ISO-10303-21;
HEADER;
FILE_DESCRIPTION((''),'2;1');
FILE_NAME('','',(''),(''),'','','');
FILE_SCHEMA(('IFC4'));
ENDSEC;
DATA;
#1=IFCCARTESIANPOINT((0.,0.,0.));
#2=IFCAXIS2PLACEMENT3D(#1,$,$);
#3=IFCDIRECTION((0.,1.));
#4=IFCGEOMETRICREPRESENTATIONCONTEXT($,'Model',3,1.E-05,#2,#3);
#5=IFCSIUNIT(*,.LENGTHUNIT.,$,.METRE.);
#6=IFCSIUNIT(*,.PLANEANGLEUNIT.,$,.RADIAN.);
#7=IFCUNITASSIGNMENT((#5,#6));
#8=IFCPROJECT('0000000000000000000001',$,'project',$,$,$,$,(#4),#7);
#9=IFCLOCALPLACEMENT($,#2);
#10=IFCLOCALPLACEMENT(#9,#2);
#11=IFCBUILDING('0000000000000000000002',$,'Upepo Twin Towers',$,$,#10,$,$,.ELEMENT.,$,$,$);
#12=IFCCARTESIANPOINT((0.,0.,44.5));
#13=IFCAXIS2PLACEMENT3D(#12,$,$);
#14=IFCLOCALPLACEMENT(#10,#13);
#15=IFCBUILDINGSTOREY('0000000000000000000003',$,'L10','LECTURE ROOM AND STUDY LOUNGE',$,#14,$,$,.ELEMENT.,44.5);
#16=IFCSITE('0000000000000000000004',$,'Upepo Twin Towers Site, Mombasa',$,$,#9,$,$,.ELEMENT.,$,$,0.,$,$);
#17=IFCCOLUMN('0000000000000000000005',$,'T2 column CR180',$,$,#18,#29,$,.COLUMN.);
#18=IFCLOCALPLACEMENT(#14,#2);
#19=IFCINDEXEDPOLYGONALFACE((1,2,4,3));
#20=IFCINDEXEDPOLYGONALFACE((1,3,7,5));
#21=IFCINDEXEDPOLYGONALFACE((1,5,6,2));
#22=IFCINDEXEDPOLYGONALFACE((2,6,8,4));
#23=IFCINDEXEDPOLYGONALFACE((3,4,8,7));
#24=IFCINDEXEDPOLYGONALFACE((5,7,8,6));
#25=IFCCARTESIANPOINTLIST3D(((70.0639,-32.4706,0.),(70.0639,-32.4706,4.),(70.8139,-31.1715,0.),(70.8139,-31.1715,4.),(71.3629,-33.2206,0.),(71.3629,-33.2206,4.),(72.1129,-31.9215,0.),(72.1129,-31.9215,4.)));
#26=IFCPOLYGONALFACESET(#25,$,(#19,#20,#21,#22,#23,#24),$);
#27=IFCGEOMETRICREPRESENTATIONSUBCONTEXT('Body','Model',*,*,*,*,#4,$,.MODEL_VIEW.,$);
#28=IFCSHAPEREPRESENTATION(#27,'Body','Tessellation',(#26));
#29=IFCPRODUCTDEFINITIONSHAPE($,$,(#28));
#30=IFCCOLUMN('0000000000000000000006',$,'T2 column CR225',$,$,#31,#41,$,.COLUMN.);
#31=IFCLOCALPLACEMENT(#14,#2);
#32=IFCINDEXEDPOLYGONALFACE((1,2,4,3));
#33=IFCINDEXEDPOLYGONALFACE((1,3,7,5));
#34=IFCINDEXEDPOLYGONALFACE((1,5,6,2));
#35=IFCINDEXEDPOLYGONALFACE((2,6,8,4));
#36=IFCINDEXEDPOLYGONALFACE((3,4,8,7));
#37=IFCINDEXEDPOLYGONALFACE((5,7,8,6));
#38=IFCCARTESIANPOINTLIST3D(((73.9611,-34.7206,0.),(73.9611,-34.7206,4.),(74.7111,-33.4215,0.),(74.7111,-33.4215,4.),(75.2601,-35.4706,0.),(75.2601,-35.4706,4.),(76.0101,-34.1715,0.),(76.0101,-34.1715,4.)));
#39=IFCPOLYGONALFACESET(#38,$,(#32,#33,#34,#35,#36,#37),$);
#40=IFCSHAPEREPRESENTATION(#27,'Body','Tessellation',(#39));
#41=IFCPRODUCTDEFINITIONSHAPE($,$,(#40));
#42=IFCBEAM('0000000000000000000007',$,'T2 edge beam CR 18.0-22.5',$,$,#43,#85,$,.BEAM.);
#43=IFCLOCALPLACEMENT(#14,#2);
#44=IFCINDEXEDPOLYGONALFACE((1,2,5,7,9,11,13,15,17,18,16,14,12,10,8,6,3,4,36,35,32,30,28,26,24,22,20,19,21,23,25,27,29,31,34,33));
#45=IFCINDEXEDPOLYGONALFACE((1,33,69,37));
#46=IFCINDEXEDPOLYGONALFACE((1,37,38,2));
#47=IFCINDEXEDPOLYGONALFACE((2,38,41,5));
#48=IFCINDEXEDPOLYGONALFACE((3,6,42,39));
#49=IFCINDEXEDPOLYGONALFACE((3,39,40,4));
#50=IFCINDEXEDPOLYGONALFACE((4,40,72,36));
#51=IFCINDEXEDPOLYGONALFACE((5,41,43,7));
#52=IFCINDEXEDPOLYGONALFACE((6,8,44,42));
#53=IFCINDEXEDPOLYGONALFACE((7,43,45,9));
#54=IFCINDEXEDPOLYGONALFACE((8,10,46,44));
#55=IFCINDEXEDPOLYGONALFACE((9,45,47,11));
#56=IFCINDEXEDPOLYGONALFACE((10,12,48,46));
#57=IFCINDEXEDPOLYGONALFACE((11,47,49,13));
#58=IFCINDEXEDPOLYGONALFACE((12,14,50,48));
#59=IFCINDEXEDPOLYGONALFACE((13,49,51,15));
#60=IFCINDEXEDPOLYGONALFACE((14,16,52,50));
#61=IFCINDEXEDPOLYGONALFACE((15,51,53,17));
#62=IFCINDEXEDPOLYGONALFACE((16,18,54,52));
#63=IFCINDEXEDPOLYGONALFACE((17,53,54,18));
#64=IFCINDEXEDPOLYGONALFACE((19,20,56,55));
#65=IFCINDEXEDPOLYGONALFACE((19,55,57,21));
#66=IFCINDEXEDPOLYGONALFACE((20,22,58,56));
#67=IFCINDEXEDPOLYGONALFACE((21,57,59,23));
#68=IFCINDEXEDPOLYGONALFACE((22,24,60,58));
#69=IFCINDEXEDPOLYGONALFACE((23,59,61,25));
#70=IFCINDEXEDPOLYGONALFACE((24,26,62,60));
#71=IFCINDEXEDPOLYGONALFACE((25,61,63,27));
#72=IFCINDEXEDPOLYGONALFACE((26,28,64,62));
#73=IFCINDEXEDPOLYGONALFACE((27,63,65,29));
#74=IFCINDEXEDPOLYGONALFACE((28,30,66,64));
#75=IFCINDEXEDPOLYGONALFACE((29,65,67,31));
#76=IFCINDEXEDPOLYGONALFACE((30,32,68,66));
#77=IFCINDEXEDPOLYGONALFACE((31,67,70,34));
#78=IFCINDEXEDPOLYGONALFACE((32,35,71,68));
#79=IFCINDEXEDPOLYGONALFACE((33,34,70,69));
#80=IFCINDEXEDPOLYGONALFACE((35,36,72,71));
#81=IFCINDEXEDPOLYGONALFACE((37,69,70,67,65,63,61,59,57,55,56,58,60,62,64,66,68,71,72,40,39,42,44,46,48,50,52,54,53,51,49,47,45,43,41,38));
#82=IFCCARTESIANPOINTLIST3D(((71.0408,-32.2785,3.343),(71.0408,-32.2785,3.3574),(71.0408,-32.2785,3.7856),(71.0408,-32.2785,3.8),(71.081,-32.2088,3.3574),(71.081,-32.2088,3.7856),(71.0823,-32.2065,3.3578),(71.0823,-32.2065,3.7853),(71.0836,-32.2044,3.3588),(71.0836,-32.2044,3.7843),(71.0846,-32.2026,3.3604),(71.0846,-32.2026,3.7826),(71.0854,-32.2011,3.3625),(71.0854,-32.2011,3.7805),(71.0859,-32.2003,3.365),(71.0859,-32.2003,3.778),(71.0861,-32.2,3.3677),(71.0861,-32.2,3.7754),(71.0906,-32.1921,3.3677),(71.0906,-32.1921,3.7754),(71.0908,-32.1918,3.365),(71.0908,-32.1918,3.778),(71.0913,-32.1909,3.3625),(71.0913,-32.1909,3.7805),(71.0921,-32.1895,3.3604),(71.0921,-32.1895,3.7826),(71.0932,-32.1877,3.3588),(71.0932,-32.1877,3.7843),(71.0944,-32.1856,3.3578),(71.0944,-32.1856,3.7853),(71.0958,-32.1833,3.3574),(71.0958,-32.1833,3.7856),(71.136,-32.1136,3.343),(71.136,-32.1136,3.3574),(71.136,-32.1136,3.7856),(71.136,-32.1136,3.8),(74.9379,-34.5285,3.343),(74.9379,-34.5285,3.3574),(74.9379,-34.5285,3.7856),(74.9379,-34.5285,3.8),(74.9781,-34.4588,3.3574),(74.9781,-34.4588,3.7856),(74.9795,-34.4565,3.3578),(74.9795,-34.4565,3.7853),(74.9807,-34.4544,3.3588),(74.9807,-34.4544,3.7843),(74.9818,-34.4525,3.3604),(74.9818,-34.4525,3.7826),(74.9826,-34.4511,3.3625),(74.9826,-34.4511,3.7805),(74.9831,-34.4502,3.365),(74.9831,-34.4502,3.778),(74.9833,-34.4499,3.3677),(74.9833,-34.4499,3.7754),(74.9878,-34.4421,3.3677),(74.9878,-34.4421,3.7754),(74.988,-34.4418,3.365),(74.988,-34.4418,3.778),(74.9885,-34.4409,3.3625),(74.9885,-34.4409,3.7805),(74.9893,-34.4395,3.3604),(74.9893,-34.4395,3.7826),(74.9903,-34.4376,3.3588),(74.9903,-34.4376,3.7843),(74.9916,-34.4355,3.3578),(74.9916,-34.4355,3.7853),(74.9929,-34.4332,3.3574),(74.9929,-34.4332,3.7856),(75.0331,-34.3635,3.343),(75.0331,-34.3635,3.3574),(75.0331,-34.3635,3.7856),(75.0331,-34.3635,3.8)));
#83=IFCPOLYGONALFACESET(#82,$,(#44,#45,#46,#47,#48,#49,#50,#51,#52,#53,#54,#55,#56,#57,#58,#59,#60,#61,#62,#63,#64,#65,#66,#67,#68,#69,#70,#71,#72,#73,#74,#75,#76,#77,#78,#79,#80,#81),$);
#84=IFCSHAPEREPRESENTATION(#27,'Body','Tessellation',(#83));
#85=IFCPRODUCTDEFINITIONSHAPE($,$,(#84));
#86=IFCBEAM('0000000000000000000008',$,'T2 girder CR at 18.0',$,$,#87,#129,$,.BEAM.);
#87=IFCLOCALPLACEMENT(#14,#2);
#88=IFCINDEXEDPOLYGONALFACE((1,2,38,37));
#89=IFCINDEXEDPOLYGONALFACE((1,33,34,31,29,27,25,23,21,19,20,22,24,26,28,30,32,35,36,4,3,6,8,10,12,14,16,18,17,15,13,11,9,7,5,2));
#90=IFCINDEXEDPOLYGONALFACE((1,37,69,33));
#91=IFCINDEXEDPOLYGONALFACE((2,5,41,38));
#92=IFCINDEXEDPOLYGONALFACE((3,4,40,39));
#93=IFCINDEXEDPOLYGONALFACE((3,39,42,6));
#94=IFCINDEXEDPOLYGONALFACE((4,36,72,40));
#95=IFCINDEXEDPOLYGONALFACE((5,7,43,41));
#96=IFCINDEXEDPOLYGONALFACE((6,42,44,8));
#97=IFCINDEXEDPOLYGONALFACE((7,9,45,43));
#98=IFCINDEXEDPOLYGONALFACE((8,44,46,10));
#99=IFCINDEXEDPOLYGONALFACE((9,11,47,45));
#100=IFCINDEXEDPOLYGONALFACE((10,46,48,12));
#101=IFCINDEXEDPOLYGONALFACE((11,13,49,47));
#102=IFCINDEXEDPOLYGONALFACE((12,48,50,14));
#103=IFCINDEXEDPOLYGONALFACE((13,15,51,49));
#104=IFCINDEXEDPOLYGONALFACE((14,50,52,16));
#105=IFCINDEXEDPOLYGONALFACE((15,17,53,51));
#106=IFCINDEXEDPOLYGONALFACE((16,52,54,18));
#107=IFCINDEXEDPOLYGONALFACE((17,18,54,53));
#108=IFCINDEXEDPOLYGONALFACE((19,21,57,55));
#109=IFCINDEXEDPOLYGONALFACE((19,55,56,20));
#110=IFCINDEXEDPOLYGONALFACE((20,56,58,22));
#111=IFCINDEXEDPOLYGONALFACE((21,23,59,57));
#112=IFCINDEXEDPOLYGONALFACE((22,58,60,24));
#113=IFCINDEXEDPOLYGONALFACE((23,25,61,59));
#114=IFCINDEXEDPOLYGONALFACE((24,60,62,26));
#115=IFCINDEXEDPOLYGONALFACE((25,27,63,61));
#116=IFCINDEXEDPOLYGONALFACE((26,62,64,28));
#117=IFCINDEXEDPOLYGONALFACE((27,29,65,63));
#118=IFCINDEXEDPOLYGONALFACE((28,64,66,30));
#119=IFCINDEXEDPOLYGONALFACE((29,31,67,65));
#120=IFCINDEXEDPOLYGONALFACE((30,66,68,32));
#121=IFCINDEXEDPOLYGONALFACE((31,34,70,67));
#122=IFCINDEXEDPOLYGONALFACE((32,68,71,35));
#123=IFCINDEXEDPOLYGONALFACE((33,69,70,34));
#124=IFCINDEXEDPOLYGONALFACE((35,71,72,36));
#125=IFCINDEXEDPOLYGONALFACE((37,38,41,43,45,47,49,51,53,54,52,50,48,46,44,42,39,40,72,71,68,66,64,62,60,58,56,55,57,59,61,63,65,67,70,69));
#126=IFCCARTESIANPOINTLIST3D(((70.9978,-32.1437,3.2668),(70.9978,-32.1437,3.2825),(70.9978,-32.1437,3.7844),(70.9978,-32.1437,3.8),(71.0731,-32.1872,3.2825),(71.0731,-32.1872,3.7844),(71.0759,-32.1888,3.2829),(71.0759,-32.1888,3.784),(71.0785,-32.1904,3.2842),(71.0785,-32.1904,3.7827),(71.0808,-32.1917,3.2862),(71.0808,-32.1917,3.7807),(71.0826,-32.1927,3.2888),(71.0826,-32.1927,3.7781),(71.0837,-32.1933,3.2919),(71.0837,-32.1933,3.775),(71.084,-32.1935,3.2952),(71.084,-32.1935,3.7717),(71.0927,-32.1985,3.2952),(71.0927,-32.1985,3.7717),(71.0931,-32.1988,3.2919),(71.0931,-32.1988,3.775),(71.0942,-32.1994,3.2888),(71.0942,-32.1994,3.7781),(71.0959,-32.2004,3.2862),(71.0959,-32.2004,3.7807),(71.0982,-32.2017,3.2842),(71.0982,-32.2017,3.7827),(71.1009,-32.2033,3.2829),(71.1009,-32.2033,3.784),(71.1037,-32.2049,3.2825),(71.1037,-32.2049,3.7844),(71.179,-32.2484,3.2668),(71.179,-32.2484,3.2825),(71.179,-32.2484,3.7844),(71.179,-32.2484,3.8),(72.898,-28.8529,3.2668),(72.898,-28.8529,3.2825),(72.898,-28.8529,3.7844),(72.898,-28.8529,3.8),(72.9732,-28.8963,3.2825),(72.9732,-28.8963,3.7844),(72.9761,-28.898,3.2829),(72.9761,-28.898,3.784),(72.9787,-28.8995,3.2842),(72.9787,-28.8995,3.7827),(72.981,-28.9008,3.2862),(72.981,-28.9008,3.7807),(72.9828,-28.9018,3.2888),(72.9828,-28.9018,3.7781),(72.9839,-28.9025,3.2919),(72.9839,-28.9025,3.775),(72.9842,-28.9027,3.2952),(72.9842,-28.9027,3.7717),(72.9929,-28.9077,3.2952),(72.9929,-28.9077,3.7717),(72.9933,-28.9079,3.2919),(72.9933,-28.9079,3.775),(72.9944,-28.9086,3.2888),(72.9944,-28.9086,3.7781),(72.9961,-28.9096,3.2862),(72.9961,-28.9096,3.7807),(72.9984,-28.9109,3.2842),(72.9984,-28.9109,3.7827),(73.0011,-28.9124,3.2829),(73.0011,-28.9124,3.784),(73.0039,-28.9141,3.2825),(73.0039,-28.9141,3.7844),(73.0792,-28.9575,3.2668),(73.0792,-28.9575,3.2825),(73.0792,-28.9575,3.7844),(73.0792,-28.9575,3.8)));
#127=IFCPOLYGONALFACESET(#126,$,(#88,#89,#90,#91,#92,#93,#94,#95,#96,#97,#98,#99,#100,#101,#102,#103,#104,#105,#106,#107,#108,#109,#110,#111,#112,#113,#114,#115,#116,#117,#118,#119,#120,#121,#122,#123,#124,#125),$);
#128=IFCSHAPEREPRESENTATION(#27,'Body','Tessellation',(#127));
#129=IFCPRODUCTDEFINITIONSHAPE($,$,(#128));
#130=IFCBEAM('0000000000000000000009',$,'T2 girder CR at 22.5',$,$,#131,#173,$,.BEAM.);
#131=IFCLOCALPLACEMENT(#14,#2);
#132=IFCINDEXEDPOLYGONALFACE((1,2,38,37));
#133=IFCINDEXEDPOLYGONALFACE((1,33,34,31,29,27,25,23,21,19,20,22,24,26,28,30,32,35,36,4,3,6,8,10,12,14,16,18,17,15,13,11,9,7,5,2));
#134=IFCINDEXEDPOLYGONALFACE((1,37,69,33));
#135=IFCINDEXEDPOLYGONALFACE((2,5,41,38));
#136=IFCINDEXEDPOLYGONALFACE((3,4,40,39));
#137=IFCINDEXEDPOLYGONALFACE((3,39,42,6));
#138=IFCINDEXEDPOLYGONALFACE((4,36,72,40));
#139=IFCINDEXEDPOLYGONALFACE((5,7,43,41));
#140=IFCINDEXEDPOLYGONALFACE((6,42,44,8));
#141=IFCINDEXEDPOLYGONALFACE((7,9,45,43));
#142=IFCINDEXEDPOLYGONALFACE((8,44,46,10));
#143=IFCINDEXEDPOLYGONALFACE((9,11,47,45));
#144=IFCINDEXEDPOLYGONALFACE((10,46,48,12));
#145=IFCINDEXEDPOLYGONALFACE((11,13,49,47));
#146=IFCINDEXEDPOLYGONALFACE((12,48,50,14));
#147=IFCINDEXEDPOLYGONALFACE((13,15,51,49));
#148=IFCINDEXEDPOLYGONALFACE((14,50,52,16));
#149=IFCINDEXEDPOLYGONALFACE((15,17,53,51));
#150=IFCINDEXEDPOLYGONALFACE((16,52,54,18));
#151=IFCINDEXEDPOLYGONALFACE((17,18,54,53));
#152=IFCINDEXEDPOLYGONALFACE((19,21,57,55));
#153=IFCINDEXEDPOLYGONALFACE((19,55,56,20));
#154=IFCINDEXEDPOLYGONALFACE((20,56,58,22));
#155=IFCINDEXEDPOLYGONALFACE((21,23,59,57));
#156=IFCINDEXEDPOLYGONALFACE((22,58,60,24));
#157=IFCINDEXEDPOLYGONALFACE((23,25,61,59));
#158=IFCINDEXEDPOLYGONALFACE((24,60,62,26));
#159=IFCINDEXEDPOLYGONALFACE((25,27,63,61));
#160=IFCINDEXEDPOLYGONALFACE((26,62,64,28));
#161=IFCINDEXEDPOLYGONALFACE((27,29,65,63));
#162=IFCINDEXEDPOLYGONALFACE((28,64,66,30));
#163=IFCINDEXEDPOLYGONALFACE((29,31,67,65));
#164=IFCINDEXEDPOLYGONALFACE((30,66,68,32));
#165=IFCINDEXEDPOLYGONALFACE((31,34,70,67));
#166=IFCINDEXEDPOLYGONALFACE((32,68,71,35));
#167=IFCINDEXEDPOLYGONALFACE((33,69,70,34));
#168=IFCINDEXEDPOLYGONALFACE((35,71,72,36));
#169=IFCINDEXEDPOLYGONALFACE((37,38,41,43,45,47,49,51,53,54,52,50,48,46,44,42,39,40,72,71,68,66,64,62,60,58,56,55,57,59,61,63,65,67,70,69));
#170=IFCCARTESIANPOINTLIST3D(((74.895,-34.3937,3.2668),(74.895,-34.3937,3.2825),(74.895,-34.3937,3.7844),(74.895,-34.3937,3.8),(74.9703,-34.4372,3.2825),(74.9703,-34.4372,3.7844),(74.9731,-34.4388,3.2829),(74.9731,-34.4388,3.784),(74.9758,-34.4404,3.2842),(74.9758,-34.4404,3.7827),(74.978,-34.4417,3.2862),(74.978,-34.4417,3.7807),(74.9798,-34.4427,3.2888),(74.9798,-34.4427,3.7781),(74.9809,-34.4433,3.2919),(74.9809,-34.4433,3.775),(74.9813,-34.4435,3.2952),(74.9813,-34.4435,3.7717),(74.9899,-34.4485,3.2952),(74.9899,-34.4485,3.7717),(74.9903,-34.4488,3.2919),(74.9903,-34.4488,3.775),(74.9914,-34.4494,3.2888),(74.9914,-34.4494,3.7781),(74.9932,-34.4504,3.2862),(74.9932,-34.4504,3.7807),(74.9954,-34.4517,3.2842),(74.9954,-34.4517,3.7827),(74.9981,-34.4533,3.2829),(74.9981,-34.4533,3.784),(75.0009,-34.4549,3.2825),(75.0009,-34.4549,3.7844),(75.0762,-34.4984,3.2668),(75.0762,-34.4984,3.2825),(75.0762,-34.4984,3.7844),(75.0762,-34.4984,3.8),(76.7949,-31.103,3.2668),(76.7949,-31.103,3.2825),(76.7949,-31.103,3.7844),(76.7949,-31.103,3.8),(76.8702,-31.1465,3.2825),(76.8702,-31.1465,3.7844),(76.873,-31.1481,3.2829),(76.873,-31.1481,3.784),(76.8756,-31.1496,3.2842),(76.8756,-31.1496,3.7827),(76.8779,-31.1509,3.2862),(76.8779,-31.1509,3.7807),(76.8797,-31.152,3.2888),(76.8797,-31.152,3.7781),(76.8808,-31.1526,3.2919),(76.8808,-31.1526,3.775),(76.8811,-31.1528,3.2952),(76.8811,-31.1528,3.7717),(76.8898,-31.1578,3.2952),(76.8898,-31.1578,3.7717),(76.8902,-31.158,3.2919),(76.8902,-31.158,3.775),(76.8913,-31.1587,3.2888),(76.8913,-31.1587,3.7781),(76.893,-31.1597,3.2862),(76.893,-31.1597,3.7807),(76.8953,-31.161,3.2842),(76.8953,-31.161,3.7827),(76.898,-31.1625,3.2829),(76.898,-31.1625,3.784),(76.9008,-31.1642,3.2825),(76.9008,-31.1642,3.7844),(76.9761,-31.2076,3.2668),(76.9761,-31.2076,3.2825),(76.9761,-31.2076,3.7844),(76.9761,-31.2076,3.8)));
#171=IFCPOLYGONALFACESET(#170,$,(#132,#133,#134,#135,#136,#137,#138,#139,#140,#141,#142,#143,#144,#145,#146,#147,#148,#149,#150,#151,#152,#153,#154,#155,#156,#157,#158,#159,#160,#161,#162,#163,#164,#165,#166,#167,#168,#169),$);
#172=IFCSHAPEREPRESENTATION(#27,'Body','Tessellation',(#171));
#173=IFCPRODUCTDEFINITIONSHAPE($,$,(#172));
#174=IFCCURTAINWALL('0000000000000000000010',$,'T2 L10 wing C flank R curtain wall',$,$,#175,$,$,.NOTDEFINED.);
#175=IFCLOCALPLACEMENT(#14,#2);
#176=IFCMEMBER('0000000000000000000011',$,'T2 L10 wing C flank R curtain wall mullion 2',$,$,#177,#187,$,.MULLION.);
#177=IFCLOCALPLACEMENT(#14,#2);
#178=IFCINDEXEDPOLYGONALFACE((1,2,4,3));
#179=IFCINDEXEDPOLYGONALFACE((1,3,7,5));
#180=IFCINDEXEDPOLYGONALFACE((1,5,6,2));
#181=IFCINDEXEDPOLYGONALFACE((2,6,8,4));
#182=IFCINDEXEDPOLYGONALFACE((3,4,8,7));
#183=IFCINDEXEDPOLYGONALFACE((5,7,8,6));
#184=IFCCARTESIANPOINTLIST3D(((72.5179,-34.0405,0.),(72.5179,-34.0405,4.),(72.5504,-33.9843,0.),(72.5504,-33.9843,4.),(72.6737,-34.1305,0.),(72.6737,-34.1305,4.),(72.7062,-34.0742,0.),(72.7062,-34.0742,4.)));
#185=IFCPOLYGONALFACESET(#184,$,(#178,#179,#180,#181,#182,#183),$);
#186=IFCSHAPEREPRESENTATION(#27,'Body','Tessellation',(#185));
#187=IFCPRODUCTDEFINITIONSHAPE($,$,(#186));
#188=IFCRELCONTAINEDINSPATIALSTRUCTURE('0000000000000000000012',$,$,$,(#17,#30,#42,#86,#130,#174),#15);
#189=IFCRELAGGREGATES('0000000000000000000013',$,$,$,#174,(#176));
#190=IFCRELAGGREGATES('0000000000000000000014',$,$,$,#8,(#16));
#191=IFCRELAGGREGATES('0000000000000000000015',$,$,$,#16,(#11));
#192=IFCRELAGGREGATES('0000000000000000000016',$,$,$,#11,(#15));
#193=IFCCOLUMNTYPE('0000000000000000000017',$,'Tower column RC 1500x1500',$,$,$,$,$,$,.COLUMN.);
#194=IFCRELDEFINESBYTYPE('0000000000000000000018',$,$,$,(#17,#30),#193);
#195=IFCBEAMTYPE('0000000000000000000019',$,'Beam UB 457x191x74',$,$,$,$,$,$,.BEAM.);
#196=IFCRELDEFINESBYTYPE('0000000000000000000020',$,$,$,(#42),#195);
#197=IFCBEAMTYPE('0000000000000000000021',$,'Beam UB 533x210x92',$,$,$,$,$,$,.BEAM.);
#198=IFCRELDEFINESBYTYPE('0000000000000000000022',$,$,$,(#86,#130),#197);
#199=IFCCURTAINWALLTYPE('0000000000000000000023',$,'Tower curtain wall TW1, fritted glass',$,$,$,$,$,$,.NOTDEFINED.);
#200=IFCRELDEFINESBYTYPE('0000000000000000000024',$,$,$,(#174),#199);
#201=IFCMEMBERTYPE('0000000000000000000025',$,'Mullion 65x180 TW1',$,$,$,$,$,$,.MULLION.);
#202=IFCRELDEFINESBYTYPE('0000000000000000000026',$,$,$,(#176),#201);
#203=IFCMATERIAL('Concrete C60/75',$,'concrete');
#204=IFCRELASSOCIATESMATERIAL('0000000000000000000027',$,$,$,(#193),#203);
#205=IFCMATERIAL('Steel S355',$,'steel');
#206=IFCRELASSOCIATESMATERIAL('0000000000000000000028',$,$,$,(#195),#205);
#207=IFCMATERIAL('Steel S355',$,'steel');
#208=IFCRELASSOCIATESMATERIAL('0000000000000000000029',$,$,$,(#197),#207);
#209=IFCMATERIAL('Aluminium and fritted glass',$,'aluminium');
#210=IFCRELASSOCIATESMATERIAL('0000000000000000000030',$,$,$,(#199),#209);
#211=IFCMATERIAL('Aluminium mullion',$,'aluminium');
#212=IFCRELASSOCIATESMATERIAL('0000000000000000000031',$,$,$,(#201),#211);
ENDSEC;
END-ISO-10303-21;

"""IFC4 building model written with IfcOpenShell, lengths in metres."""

from ifc_helpers import new_model, si_unit, direction, frame, origin, origin_2d, place, context, subcontext, project, spatial, rectangle, i_section, extrude, material, material_profile, profile_set, type_object, element, aggregate, save


model = new_model("IFC4")

# Units and contexts
model_context = context("Model", 3, precision=1e-05, world=origin(), true_north=direction((0.0, 1.0)))
body_context = subcontext(model_context, "Body", "Model", "MODEL_VIEW")
ifc_project = project(units=[si_unit("LENGTHUNIT", "METRE"), si_unit("PLANEANGLEUNIT", "RADIAN")], contexts=[model_context])

# Site, building, storey
site_placement = place(None, origin())
site = spatial("IfcSite", under=ifc_project, at=site_placement, Name="Upepo Twin Towers Site, Mombasa", CompositionType="ELEMENT", RefElevation=0.0)
building_placement = place(site_placement, origin())
building = spatial("IfcBuilding", under=site, at=building_placement, Name="Upepo Twin Towers", CompositionType="ELEMENT")
storey_placement = place(building_placement, frame((0.0, 0.0, 44.5)))
storey = spatial("IfcBuildingStorey", under=building, at=storey_placement, Name="L10", Description="LECTURE ROOM AND STUDY LOUNGE", CompositionType="ELEMENT", Elevation=44.5)

# Columns
ifc_material_1 = material(Name="Concrete C60/75", Category="concrete")
ifc_material_profile_1 = material_profile(ifc_material_1, rectangle(XDim=1.5, YDim=1.5, at=origin_2d()), Name="RC 1500x1500")
ifc_profile_set_1 = profile_set([ifc_material_profile_1], Name="Concrete C60/75")
column_type = type_object("IfcColumnType", Name="Tower column RC 1500x1500", PredefinedType="COLUMN", material=ifc_profile_set_1)
for number, where, z_axis, x_axis, name in (
    (1, (71.0884, -32.196, 0.0), (0.0, 0.0, 1.0), (0.5, 0.866025, 0.0), "T2 column CR180"),
    (2, (74.9856, -34.446, 0.0), (0.0, 0.0, 1.0), (0.5, 0.866025, 0.0), "T2 column CR225"),
):
    element("IfcColumn", number, at=place(storey_placement, frame(where, z_axis=z_axis, x_axis=x_axis)), inside=storey, type_object=column_type, Name=name, PredefinedType="COLUMN", context=body_context, shape_type="SweptSolid", body=[
        extrude(rectangle(XDim=1.5, YDim=1.5, at=origin_2d()), origin(), (0.0, 0.0, 1.0), 4.0),
    ])

# Beams
ifc_material_2 = material(Name="Steel S355", Category="steel")
ifc_material_profile_2 = material_profile(ifc_material_2, i_section(OverallWidth=0.1904, OverallDepth=0.457, WebThickness=0.009, FlangeThickness=0.0144, FilletRadius=0.0103, at=origin_2d()), Name="UB 457x191x74")
ifc_profile_set_2 = profile_set([ifc_material_profile_2], Name="Steel S355")
beam_type_1 = type_object("IfcBeamType", Name="Beam UB 457x191x74", PredefinedType="BEAM", material=ifc_profile_set_2)
beam_1_placement = place(storey_placement, frame((71.0884, -32.196, 3.5715), z_axis=(0.866031, -0.49999, 0.0), x_axis=(0.49999, 0.866031, 0.0)))
element("IfcBeam", 3, at=beam_1_placement, inside=storey, type_object=beam_type_1, Name="T2 edge beam CR 18.0-22.5", PredefinedType="BEAM", context=body_context, shape_type="SweptSolid", body=[
    extrude(i_section(OverallWidth=0.1904, OverallDepth=0.457, WebThickness=0.009, FlangeThickness=0.0144, FilletRadius=0.0103, at=origin_2d()), origin(), (0.0, 0.0, 1.0), 4.5),
])
ifc_material_3 = material(Name="Steel S355", Category="steel")
ifc_material_profile_3 = material_profile(ifc_material_3, i_section(OverallWidth=0.2092, OverallDepth=0.5332, WebThickness=0.01, FlangeThickness=0.0156, FilletRadius=0.0127, at=origin_2d()), Name="UB 533x210x92")
ifc_profile_set_3 = profile_set([ifc_material_profile_3], Name="Steel S355")
beam_type_2 = type_object("IfcBeamType", Name="Beam UB 533x210x92", PredefinedType="BEAM", material=ifc_profile_set_3)
beam_2_placement = place(storey_placement, frame((71.0884, -32.196, 3.5334), z_axis=(0.500043, 0.866, 0.0), x_axis=(-0.866, 0.500043, 0.0)))
element("IfcBeam", 4, at=beam_2_placement, inside=storey, type_object=beam_type_2, Name="T2 girder CR at 18.0", PredefinedType="BEAM", context=body_context, shape_type="SweptSolid", body=[
    extrude(i_section(OverallWidth=0.2092, OverallDepth=0.5332, WebThickness=0.01, FlangeThickness=0.0156, FilletRadius=0.0127, at=origin_2d()), origin(), (0.0, 0.0, 1.0), 3.8),
])
beam_3_placement = place(storey_placement, frame((74.9856, -34.446, 3.5334), z_axis=(0.499995, 0.866028, 0.0), x_axis=(-0.866028, 0.499995, 0.0)))
element("IfcBeam", 5, at=beam_3_placement, inside=storey, type_object=beam_type_2, Name="T2 girder CR at 22.5", PredefinedType="BEAM", context=body_context, shape_type="SweptSolid", body=[
    extrude(i_section(OverallWidth=0.2092, OverallDepth=0.5332, WebThickness=0.01, FlangeThickness=0.0156, FilletRadius=0.0127, at=origin_2d()), origin(), (0.0, 0.0, 1.0), 3.7998),
])

# Curtain wall, member
ifc_material_4 = material(Name="Aluminium and fritted glass", Category="aluminium")
curtain_wall_type = type_object("IfcCurtainWallType", Name="Tower curtain wall TW1, fritted glass", PredefinedType="NOTDEFINED", material=ifc_material_4)
curtain_wall_placement = place(storey_placement, origin())
curtain_wall = element("IfcCurtainWall", 6, at=curtain_wall_placement, inside=storey, type_object=curtain_wall_type, Name="T2 L10 wing C flank R curtain wall", PredefinedType="NOTDEFINED")
ifc_material_5 = material(Name="Aluminium mullion", Category="aluminium")
ifc_material_profile_4 = material_profile(ifc_material_5, rectangle(XDim=0.0649, YDim=0.1799, at=origin_2d()), Name="MULLION 65x180")
ifc_profile_set_4 = profile_set([ifc_material_profile_4], Name="Aluminium mullion")
member_type_1 = type_object("IfcMemberType", Name="Mullion 65x180 TW1", PredefinedType="MULLION", material=ifc_profile_set_4)
member_1_placement = place(storey_placement, frame((72.6121, -34.0574, 0.0), z_axis=(0.0, 0.0, 1.0), x_axis=(-0.5, -0.866025, 0.0)))
member_1 = element("IfcMember", 7, at=member_1_placement, type_object=member_type_1, Name="T2 L10 wing C flank R curtain wall mullion 2", PredefinedType="MULLION", context=body_context, shape_type="SweptSolid", body=[
    extrude(rectangle(XDim=0.0649, YDim=0.1799, at=origin_2d()), origin(), (0.0, 0.0, 1.0), 4.0),
])
aggregate(curtain_wall, [member_1])

save(model, "model.ifc")
